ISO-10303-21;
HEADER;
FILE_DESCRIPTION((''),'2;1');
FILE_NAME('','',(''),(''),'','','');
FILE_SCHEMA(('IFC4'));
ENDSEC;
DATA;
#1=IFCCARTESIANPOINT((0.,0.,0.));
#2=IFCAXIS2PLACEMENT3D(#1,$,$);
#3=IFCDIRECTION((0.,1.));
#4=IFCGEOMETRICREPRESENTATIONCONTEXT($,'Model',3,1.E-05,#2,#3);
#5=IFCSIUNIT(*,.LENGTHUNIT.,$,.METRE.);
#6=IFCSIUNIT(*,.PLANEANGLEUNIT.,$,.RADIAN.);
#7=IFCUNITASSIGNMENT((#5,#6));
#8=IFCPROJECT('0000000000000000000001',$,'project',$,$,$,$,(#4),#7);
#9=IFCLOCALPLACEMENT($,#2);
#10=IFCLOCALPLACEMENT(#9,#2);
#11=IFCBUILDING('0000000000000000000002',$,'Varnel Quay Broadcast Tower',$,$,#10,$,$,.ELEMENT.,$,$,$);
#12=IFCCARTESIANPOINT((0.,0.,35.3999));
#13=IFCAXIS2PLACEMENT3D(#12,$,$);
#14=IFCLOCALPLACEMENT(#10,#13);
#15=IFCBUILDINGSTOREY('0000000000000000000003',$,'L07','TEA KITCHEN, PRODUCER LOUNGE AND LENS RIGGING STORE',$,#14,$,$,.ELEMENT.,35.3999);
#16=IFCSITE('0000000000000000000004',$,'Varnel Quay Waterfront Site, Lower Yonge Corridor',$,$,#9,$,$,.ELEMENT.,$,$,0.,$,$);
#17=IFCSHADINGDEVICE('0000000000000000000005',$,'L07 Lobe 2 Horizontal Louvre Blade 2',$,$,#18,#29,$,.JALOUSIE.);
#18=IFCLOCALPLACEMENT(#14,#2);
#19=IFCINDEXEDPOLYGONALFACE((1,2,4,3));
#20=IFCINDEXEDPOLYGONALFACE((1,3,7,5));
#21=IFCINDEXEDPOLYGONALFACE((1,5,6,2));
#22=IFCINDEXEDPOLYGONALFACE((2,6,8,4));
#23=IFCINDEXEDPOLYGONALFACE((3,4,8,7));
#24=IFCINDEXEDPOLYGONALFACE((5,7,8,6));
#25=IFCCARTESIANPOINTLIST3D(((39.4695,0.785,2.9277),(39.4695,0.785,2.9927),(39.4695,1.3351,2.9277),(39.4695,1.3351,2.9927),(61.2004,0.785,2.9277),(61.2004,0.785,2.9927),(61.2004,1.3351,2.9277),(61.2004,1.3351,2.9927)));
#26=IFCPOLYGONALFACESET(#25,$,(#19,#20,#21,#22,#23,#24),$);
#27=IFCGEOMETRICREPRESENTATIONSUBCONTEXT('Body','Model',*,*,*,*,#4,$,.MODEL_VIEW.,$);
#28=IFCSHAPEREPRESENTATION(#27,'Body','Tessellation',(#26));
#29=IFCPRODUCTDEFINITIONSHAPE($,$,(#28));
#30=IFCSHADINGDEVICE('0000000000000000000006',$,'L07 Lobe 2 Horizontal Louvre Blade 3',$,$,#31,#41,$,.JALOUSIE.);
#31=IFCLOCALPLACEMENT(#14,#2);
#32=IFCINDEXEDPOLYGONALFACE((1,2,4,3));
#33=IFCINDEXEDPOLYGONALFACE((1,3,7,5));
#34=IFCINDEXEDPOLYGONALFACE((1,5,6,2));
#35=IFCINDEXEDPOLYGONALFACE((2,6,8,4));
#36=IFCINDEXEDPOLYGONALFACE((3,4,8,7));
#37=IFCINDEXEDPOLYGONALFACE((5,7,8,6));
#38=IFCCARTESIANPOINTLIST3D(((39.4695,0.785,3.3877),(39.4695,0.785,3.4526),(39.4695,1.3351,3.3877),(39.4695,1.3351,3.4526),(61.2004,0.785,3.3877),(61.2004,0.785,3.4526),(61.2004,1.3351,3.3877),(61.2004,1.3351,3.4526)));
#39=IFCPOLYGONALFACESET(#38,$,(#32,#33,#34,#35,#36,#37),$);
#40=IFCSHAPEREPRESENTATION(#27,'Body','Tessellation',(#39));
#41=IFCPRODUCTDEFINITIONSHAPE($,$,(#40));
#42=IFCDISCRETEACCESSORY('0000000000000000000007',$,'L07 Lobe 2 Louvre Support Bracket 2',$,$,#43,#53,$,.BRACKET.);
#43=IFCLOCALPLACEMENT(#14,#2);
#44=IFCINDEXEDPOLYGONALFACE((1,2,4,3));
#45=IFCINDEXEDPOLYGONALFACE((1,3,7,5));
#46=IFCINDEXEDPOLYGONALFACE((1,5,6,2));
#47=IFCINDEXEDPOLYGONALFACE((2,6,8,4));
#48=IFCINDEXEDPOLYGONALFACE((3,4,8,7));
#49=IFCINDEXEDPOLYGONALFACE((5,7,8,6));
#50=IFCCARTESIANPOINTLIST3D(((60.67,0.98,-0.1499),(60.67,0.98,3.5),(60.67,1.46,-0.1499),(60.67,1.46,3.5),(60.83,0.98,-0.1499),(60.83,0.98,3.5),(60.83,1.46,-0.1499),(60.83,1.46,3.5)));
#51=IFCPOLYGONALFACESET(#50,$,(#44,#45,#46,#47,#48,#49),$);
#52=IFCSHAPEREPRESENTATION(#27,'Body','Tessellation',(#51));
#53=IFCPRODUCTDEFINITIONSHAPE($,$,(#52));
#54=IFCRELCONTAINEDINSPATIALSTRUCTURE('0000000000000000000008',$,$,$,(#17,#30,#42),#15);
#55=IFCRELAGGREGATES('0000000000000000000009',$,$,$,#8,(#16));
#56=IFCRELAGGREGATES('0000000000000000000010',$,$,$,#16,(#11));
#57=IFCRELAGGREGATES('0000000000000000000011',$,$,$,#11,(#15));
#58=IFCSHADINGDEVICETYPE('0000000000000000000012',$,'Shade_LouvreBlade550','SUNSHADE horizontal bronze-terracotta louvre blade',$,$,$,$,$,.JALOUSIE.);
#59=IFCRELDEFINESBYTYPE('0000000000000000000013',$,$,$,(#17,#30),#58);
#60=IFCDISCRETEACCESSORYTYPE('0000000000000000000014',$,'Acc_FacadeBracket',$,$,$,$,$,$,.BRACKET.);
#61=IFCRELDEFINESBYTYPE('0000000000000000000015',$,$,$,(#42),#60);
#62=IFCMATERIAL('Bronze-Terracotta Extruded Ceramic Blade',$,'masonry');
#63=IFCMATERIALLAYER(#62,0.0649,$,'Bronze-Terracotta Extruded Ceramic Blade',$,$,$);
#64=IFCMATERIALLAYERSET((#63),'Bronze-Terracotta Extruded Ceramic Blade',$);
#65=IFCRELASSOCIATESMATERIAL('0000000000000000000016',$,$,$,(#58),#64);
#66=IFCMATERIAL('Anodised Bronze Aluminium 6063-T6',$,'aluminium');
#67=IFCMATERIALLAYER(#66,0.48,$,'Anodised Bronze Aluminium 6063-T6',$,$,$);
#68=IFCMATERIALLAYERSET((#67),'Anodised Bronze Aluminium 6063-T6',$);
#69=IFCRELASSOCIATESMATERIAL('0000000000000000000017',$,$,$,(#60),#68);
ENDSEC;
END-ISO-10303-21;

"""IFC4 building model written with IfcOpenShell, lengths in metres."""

from ifc_helpers import new_model, si_unit, direction, frame, origin, origin_2d, place, context, subcontext, project, spatial, rectangle, extrude, source, transform, mapped, material, layer, layer_set, type_object, type_shapes, element, save


model = new_model("IFC4")

# Units and contexts
model_context = context("Model", 3, precision=1e-05, world=origin(), true_north=direction((0.0, 1.0)))
body_context = subcontext(model_context, "Body", "Model", "MODEL_VIEW")
ifc_project = project(units=[si_unit("LENGTHUNIT", "METRE"), si_unit("PLANEANGLEUNIT", "RADIAN")], contexts=[model_context])

# Site, building, storey
site_placement = place(None, origin())
site = spatial("IfcSite", under=ifc_project, at=site_placement, Name="Varnel Quay Waterfront Site, Lower Yonge Corridor", CompositionType="ELEMENT", RefElevation=0.0)
building_placement = place(site_placement, origin())
building = spatial("IfcBuilding", under=site, at=building_placement, Name="Varnel Quay Broadcast Tower", CompositionType="ELEMENT")
storey_placement = place(building_placement, frame((0.0, 0.0, 35.3999)))
storey = spatial("IfcBuildingStorey", under=building, at=storey_placement, Name="L07", Description="TEA KITCHEN, PRODUCER LOUNGE AND LENS RIGGING STORE", CompositionType="ELEMENT", Elevation=35.3999)

# Shared definitions
ifc_material_1 = material(Name="Anodised Bronze Aluminium 6063-T6", Category="aluminium")

# Shading devices
ifc_material_2 = material(Name="Bronze-Terracotta Extruded Ceramic Blade", Category="masonry")
ifc_layer_1 = layer(ifc_material_2, 0.0649, Name="Bronze-Terracotta Extruded Ceramic Blade")
ifc_layer_set_1 = layer_set([ifc_layer_1], Name="Bronze-Terracotta Extruded Ceramic Blade")
shading_device_type = type_object("IfcShadingDeviceType", Name="Shade_LouvreBlade550", Description="SUNSHADE horizontal bronze-terracotta louvre blade", PredefinedType="JALOUSIE", material=ifc_layer_set_1)
shared_shape_1 = source(origin(), body_context, "Body", "SweptSolid", [
    extrude(rectangle(XDim=21.731, YDim=0.55, at=origin_2d()), origin(), (0.0, 0.0, 1.0), 0.0649),
])
type_shapes(shading_device_type, [shared_shape_1])
for number, where, z_axis, x_axis, name in (
    (1, (50.335, 1.0601, 2.9277), (0.0, 0.0, 1.0), (1.0, 0.0, 0.0), "L07 Lobe 2 Horizontal Louvre Blade 2"),
    (2, (50.335, 1.0601, 3.3877), (0.0, 0.0, 1.0), (1.0, 0.0, 0.0), "L07 Lobe 2 Horizontal Louvre Blade 3"),
):
    element("IfcShadingDevice", number, at=place(storey_placement, frame(where, z_axis=z_axis, x_axis=x_axis)), inside=storey, type_object=shading_device_type, Name=name, PredefinedType="JALOUSIE", context=body_context, shape_type="MappedRepresentation", body=[
        mapped(shared_shape_1, transform((0.0, 0.0, 0.0), x_axis=(1.0, 0.0, 0.0), y_axis=(0.0, 1.0, 0.0), z_axis=(0.0, 0.0, 1.0), scale=1.0)),
    ])

# Discrete accessory
ifc_layer_2 = layer(ifc_material_1, 0.48, Name="Anodised Bronze Aluminium 6063-T6")
ifc_layer_set_2 = layer_set([ifc_layer_2], Name="Anodised Bronze Aluminium 6063-T6")
discrete_accessory_type = type_object("IfcDiscreteAccessoryType", Name="Acc_FacadeBracket", PredefinedType="BRACKET", material=ifc_layer_set_2)
shared_shape_2 = source(origin(), body_context, "Body", "SweptSolid", [
    extrude(rectangle(XDim=0.1599, YDim=0.48, at=origin_2d()), origin(), (0.0, 0.0, 1.0), 3.6499),
])
type_shapes(discrete_accessory_type, [shared_shape_2])
discrete_accessory_placement = place(storey_placement, frame((60.75, 1.22, -0.1499), z_axis=(0.0, 0.0, 1.0), x_axis=(1.0, 0.0, 0.0)))
element("IfcDiscreteAccessory", 3, at=discrete_accessory_placement, inside=storey, type_object=discrete_accessory_type, Name="L07 Lobe 2 Louvre Support Bracket 2", PredefinedType="BRACKET", context=body_context, shape_type="MappedRepresentation", body=[
    mapped(shared_shape_2, transform((0.0, 0.0, 0.0), x_axis=(1.0, 0.0, 0.0), y_axis=(0.0, 1.0, 0.0), z_axis=(0.0, 0.0, 1.0), scale=1.0)),
])

save(model, "model.ifc")
